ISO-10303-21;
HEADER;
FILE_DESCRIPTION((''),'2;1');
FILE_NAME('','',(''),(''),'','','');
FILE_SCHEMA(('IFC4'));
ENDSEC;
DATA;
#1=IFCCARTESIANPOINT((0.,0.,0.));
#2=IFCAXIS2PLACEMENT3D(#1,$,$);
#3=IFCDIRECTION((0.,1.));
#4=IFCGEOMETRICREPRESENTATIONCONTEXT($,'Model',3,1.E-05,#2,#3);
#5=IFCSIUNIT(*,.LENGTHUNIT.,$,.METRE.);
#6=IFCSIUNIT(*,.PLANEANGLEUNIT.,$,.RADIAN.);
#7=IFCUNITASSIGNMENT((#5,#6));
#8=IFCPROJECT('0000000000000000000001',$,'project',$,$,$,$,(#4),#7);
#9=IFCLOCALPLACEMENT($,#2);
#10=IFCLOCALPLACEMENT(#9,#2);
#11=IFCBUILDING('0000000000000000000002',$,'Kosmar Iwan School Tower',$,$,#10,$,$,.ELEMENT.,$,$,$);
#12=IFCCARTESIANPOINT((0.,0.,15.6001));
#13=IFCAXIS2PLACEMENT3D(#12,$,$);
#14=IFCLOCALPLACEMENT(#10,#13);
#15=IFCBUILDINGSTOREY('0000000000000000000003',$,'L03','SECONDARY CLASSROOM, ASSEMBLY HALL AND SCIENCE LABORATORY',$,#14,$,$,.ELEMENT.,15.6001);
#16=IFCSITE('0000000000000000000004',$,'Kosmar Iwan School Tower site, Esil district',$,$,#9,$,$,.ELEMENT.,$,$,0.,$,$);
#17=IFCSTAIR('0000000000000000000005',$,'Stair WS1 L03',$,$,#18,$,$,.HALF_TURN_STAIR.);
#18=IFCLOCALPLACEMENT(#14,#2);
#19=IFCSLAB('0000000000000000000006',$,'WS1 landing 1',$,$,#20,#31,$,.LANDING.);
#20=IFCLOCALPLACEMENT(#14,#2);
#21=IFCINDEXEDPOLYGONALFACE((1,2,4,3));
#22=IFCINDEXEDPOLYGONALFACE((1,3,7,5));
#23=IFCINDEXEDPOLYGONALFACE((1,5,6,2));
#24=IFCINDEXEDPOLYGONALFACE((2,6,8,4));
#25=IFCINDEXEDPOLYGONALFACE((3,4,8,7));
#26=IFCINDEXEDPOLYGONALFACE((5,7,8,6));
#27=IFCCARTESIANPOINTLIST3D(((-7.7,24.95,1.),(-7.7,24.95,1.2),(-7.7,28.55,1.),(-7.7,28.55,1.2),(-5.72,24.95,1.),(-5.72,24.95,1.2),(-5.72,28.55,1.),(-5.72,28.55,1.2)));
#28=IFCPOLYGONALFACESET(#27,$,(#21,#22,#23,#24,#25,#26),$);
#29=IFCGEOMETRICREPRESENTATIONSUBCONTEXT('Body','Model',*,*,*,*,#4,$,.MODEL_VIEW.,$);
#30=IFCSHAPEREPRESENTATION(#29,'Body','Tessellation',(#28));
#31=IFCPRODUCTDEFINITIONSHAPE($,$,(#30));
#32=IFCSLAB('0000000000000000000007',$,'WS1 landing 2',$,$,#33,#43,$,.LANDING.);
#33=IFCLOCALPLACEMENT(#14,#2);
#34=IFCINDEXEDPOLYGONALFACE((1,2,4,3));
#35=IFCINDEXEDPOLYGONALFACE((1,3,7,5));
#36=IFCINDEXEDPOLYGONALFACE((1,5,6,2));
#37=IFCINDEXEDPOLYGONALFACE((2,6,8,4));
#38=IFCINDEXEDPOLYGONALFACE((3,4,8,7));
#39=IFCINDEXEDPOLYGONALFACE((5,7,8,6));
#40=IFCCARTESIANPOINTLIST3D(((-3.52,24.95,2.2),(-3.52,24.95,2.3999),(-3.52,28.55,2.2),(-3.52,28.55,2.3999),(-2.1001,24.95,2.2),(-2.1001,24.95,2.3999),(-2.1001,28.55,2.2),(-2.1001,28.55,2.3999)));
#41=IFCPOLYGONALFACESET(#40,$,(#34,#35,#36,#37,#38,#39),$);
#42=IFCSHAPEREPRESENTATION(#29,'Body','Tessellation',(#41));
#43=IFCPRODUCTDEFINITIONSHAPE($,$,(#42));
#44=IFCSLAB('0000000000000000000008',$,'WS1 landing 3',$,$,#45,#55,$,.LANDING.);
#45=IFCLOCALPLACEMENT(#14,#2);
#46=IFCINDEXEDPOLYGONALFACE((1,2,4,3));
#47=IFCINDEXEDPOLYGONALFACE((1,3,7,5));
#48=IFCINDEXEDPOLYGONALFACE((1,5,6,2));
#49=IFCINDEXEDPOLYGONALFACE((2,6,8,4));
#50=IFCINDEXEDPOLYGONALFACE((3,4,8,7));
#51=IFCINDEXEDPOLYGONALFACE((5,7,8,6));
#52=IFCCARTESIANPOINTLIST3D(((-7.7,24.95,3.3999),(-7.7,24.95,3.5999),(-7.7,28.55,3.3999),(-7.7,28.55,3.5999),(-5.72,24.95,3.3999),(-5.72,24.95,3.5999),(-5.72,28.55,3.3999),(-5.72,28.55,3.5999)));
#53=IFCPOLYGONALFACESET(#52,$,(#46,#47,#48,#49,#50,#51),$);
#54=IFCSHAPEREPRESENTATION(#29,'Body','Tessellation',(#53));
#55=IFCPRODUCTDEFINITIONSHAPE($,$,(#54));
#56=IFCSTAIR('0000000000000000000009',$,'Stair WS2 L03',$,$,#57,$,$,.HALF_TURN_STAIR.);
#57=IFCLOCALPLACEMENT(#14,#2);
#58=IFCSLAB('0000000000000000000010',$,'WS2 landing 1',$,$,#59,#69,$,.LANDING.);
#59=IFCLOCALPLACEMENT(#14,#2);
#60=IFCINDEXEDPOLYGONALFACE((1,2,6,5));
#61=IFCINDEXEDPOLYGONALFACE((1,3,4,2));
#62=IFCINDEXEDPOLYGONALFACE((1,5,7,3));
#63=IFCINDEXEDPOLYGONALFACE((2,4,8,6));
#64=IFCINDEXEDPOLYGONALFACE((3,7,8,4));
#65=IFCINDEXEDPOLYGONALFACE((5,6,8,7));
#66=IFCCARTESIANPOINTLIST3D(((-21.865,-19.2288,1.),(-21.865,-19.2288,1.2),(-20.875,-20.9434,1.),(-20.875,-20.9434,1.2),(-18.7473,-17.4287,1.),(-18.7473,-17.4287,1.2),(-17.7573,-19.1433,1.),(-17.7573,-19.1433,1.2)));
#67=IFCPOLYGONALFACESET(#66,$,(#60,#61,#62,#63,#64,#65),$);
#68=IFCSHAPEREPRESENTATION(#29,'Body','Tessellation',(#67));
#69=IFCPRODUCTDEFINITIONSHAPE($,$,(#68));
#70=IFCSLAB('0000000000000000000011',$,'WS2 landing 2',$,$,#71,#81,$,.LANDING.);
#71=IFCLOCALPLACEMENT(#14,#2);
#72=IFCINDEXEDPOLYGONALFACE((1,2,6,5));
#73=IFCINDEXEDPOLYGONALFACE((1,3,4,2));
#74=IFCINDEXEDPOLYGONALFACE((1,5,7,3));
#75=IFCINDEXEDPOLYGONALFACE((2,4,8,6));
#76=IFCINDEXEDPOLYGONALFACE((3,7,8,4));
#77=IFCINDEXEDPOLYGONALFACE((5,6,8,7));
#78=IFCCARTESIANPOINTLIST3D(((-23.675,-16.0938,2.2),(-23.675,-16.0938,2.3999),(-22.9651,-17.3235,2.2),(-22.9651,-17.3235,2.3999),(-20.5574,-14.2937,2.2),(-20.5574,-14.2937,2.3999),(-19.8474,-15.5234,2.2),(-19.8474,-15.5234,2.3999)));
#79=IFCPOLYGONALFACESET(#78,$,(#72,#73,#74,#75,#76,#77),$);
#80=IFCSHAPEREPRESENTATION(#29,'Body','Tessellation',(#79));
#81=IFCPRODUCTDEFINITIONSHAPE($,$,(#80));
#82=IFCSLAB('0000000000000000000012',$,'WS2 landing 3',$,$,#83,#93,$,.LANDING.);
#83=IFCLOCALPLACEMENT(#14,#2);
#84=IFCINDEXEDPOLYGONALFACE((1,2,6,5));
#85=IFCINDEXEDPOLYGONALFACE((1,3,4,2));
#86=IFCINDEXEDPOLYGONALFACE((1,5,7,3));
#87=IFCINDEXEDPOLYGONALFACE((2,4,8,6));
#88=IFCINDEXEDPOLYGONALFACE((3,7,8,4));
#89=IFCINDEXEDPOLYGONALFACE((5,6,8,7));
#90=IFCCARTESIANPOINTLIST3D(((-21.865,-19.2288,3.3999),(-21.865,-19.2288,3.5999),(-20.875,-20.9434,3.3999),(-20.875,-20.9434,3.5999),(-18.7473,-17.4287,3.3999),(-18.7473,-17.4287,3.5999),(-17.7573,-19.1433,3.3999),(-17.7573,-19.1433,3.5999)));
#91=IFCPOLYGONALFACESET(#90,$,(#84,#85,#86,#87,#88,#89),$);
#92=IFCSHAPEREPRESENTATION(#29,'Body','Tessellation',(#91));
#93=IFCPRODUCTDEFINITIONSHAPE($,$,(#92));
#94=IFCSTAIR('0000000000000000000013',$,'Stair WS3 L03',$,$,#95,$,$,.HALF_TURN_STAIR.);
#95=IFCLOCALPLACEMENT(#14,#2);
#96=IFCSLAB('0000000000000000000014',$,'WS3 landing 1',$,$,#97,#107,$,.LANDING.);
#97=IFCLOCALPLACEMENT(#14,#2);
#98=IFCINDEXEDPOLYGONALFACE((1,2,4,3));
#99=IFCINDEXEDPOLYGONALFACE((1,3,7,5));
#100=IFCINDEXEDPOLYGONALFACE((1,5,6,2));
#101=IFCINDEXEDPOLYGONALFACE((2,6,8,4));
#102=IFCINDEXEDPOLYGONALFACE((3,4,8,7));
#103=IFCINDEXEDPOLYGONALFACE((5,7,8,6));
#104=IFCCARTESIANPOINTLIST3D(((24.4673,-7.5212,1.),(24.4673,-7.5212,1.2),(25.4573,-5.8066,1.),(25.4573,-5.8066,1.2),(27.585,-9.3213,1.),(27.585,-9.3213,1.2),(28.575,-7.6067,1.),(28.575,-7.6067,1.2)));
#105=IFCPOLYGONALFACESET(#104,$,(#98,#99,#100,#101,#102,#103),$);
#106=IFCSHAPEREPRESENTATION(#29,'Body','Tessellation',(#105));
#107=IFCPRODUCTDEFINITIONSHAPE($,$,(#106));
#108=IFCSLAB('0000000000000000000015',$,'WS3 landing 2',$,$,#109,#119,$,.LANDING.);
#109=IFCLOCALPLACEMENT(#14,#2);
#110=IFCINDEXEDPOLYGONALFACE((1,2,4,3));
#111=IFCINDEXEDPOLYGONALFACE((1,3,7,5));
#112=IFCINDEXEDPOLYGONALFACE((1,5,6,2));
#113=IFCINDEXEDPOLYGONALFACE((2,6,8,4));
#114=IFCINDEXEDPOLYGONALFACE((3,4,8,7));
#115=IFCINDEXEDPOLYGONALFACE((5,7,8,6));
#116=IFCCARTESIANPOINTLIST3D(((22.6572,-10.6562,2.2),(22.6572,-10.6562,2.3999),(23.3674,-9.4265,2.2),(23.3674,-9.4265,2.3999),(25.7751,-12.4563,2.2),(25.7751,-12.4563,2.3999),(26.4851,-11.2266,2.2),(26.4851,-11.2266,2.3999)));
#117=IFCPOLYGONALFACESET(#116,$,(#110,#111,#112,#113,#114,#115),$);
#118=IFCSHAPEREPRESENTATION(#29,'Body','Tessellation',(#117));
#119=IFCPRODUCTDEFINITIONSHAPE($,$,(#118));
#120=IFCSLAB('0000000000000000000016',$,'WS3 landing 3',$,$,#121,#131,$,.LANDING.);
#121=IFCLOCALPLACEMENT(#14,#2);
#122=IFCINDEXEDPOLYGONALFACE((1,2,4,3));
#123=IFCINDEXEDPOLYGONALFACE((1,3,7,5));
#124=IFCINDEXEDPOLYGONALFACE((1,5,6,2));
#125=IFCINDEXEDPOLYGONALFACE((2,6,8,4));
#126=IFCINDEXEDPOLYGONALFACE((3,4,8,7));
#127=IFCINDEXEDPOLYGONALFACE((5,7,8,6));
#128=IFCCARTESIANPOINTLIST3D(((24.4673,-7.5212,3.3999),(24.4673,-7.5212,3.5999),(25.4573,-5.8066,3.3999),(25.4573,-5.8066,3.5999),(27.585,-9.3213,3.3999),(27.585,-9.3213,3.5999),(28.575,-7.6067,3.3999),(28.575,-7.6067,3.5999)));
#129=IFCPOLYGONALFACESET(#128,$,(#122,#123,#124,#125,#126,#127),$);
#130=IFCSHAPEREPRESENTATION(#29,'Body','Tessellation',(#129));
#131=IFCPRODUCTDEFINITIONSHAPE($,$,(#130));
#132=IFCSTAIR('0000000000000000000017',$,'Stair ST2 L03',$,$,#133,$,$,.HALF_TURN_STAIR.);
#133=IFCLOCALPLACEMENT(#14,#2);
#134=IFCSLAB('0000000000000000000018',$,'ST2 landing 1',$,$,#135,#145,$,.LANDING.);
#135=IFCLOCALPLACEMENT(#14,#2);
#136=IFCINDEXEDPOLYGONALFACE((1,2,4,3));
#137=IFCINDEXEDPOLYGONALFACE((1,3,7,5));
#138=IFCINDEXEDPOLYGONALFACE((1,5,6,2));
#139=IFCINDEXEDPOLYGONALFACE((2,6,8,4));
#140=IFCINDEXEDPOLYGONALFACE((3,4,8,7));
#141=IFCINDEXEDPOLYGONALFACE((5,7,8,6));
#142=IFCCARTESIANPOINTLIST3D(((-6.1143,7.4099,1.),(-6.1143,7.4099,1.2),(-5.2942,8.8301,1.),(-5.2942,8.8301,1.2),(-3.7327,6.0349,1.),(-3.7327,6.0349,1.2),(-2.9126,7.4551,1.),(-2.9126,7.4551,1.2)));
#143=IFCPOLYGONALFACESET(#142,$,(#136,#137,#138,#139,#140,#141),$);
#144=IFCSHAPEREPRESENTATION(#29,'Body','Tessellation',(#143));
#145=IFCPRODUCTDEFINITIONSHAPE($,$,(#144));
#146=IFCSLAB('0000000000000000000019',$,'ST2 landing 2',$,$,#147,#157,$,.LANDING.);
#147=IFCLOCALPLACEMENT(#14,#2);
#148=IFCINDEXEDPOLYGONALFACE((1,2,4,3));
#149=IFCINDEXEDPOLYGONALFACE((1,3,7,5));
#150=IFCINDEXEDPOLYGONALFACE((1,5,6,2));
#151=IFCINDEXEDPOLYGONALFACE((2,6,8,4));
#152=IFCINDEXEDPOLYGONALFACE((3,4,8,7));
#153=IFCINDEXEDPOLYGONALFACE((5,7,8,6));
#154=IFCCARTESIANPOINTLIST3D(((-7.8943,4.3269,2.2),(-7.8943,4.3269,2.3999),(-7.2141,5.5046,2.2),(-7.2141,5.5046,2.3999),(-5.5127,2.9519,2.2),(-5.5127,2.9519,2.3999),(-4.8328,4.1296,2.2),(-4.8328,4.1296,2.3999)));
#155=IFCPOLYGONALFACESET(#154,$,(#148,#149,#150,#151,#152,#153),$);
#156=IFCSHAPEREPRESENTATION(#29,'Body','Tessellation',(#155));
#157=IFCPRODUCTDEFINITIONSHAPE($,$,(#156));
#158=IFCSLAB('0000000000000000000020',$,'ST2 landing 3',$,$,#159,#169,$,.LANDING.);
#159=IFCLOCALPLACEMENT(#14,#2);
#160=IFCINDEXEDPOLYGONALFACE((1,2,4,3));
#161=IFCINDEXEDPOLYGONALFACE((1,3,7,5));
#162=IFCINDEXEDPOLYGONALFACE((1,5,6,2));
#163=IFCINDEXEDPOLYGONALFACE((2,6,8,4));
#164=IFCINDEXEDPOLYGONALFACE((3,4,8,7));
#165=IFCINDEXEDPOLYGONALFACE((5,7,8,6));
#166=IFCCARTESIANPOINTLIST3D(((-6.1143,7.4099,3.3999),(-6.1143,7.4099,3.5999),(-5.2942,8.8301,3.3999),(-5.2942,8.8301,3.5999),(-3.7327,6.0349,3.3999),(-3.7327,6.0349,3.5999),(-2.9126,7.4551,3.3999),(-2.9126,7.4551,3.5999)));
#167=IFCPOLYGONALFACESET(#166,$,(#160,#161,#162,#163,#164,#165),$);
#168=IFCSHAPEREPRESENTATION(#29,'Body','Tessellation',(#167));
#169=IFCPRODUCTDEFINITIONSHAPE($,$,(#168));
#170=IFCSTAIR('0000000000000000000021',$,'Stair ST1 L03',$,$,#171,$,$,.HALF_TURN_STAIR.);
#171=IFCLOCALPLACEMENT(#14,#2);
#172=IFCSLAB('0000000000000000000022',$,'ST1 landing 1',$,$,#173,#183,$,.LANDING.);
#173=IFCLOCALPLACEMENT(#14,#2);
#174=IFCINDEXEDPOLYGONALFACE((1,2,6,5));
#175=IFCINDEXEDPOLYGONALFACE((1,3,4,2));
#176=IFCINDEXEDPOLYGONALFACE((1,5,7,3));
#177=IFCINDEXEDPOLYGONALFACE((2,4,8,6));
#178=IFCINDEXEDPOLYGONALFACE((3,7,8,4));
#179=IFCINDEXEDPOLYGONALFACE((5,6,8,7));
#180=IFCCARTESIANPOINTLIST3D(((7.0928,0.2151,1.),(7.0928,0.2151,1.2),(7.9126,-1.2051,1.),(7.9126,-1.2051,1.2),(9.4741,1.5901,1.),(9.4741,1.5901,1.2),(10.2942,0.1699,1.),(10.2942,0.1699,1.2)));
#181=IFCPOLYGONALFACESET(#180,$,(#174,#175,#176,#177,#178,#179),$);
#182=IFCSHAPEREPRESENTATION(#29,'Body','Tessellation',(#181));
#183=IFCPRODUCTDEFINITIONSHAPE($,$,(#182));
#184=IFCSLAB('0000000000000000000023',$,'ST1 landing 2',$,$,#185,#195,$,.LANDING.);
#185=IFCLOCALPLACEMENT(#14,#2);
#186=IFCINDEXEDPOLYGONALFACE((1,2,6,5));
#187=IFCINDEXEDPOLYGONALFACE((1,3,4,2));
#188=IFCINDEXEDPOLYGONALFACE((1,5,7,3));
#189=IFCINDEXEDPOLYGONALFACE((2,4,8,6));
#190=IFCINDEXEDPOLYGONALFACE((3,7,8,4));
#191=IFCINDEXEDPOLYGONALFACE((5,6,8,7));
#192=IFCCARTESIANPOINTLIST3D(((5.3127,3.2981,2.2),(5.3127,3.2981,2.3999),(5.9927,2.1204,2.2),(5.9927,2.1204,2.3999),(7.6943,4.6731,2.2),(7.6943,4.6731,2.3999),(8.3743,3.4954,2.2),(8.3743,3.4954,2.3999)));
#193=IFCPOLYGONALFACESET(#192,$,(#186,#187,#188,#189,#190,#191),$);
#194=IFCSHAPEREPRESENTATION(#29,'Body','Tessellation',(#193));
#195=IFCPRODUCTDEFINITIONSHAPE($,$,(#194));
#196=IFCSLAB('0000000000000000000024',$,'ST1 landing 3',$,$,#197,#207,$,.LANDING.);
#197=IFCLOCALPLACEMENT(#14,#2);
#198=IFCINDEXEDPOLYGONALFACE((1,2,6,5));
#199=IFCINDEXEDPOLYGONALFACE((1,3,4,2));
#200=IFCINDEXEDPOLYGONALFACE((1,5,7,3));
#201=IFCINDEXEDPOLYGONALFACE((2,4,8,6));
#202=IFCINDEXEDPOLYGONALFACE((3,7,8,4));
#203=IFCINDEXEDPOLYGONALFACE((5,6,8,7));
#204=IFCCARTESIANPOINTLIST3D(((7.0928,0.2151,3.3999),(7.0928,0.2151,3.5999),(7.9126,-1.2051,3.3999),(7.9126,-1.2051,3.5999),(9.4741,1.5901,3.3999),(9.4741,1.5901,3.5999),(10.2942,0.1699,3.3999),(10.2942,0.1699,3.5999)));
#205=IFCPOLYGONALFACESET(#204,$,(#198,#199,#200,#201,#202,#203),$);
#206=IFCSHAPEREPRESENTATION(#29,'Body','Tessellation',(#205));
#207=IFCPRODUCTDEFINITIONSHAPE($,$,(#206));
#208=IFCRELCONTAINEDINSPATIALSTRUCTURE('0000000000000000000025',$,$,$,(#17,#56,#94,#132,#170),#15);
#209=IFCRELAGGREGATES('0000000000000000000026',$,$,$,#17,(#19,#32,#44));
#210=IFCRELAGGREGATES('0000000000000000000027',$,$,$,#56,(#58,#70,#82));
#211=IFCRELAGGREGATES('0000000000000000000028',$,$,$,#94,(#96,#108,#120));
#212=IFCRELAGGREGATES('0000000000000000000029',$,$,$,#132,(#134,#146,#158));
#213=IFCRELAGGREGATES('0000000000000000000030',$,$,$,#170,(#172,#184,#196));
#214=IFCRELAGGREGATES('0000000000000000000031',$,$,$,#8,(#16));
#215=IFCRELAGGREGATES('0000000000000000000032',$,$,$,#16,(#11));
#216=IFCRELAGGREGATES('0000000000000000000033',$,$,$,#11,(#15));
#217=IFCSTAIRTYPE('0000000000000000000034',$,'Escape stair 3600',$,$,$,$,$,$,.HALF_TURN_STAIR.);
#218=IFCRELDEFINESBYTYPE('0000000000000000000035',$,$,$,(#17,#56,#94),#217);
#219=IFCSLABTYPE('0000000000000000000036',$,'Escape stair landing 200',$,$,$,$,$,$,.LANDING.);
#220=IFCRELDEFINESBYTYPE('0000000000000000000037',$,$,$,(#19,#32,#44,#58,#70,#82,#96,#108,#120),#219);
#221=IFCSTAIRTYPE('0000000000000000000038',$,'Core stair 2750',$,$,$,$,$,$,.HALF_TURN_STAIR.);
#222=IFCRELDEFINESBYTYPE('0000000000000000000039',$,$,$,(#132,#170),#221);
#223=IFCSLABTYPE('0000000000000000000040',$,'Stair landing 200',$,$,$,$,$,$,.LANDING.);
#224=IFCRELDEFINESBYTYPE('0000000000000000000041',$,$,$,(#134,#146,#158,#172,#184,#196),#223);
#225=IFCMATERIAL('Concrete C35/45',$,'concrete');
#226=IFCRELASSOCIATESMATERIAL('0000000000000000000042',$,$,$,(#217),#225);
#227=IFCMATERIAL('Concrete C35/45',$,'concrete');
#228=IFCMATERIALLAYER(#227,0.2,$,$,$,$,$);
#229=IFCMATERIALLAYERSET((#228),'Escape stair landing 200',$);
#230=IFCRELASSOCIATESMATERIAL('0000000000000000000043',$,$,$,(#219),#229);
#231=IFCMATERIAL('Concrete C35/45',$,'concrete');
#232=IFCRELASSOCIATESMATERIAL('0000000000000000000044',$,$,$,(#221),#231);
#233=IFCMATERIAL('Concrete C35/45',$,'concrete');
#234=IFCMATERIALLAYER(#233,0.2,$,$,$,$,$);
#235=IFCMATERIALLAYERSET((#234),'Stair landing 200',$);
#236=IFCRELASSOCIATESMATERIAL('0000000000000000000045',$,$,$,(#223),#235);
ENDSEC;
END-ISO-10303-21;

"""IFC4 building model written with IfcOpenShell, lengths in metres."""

from ifc_helpers import new_model, si_unit, direction, frame, origin, place, context, subcontext, project, spatial, polyline, outline, extrude, material, layer, layer_set, type_object, element, aggregate, save


model = new_model("IFC4")

# Units and contexts
model_context = context("Model", 3, precision=1e-05, world=origin(), true_north=direction((0.0, 1.0)))
body_context = subcontext(model_context, "Body", "Model", "MODEL_VIEW")
ifc_project = project(units=[si_unit("LENGTHUNIT", "METRE"), si_unit("PLANEANGLEUNIT", "RADIAN")], contexts=[model_context])

# Site, building, storey
site_placement = place(None, origin())
site = spatial("IfcSite", under=ifc_project, at=site_placement, Name="Kosmar Iwan School Tower site, Esil district", CompositionType="ELEMENT", RefElevation=0.0)
building_placement = place(site_placement, origin())
building = spatial("IfcBuilding", under=site, at=building_placement, Name="Kosmar Iwan School Tower", CompositionType="ELEMENT")
storey_placement = place(building_placement, frame((0.0, 0.0, 15.6001)))
storey = spatial("IfcBuildingStorey", under=building, at=storey_placement, Name="L03", Description="SECONDARY CLASSROOM, ASSEMBLY HALL AND SCIENCE LABORATORY", CompositionType="ELEMENT", Elevation=15.6001)

# Stairs, slabs
ifc_material_1 = material(Name="Concrete C35/45", Category="concrete")
stair_type_1 = type_object("IfcStairType", Name="Escape stair 3600", PredefinedType="HALF_TURN_STAIR", material=ifc_material_1)
stair_1_placement = place(storey_placement, origin())
stair_1 = element("IfcStair", 1, at=stair_1_placement, inside=storey, type_object=stair_type_1, Name="Stair WS1 L03", PredefinedType="HALF_TURN_STAIR")
ifc_material_2 = material(Name="Concrete C35/45", Category="concrete")
ifc_layer_1 = layer(ifc_material_2, 0.2)
ifc_layer_set_1 = layer_set([ifc_layer_1], Name="Escape stair landing 200")
slab_type_1 = type_object("IfcSlabType", Name="Escape stair landing 200", PredefinedType="LANDING", material=ifc_layer_set_1)
slab_1_placement = place(storey_placement, frame((0.0, 0.0, 1.0)))
slab_1 = element("IfcSlab", 2, at=slab_1_placement, type_object=slab_type_1, Name="WS1 landing 1", PredefinedType="LANDING", context=body_context, shape_type="SweptSolid", body=[
    extrude(outline(polyline([(-5.72, 24.95), (-5.72, 28.55), (-7.7, 28.55), (-7.7, 24.95), (-5.72, 24.95)])), origin(), (0.0, 0.0, 1.0), 0.2),
])
slab_2_placement = place(storey_placement, frame((0.0, 0.0, 2.2)))
slab_2 = element("IfcSlab", 3, at=slab_2_placement, type_object=slab_type_1, Name="WS1 landing 2", PredefinedType="LANDING", context=body_context, shape_type="SweptSolid", body=[
    extrude(outline(polyline([(-2.1001, 24.95), (-2.1001, 28.55), (-3.52, 28.55), (-3.52, 24.95), (-2.1001, 24.95)])), origin(), (0.0, 0.0, 1.0), 0.2),
])
slab_3_placement = place(storey_placement, frame((0.0, 0.0, 3.3999)))
slab_3 = element("IfcSlab", 4, at=slab_3_placement, type_object=slab_type_1, Name="WS1 landing 3", PredefinedType="LANDING", context=body_context, shape_type="SweptSolid", body=[
    extrude(outline(polyline([(-5.72, 24.95), (-5.72, 28.55), (-7.7, 28.55), (-7.7, 24.95), (-5.72, 24.95)])), origin(), (0.0, 0.0, 1.0), 0.2),
])
aggregate(stair_1, [slab_1, slab_2, slab_3])
stair_2_placement = place(storey_placement, origin())
stair_2 = element("IfcStair", 5, at=stair_2_placement, inside=storey, type_object=stair_type_1, Name="Stair WS2 L03", PredefinedType="HALF_TURN_STAIR")
slab_4_placement = place(storey_placement, frame((0.0, 0.0, 1.0)))
slab_4 = element("IfcSlab", 6, at=slab_4_placement, type_object=slab_type_1, Name="WS2 landing 1", PredefinedType="LANDING", context=body_context, shape_type="SweptSolid", body=[
    extrude(outline(polyline([(-18.7473, -17.4287), (-21.865, -19.2288), (-20.875, -20.9434), (-17.7573, -19.1433), (-18.7473, -17.4287)])), origin(), (0.0, 0.0, 1.0), 0.2),
])
slab_5_placement = place(storey_placement, frame((0.0, 0.0, 2.2)))
slab_5 = element("IfcSlab", 7, at=slab_5_placement, type_object=slab_type_1, Name="WS2 landing 2", PredefinedType="LANDING", context=body_context, shape_type="SweptSolid", body=[
    extrude(outline(polyline([(-20.5574, -14.2937), (-23.675, -16.0938), (-22.9651, -17.3235), (-19.8474, -15.5234), (-20.5574, -14.2937)])), origin(), (0.0, 0.0, 1.0), 0.2),
])
slab_6_placement = place(storey_placement, frame((0.0, 0.0, 3.3999)))
slab_6 = element("IfcSlab", 8, at=slab_6_placement, type_object=slab_type_1, Name="WS2 landing 3", PredefinedType="LANDING", context=body_context, shape_type="SweptSolid", body=[
    extrude(outline(polyline([(-18.7473, -17.4287), (-21.865, -19.2288), (-20.875, -20.9434), (-17.7573, -19.1433), (-18.7473, -17.4287)])), origin(), (0.0, 0.0, 1.0), 0.2),
])
aggregate(stair_2, [slab_4, slab_5, slab_6])
stair_3_placement = place(storey_placement, origin())
stair_3 = element("IfcStair", 9, at=stair_3_placement, inside=storey, type_object=stair_type_1, Name="Stair WS3 L03", PredefinedType="HALF_TURN_STAIR")
slab_7_placement = place(storey_placement, frame((0.0, 0.0, 1.0)))
slab_7 = element("IfcSlab", 10, at=slab_7_placement, type_object=slab_type_1, Name="WS3 landing 1", PredefinedType="LANDING", context=body_context, shape_type="SweptSolid", body=[
    extrude(outline(polyline([(24.4673, -7.5212), (27.585, -9.3213), (28.575, -7.6067), (25.4573, -5.8066), (24.4673, -7.5212)])), origin(), (0.0, 0.0, 1.0), 0.2),
])
slab_8_placement = place(storey_placement, frame((0.0, 0.0, 2.2)))
slab_8 = element("IfcSlab", 11, at=slab_8_placement, type_object=slab_type_1, Name="WS3 landing 2", PredefinedType="LANDING", context=body_context, shape_type="SweptSolid", body=[
    extrude(outline(polyline([(22.6572, -10.6562), (25.7751, -12.4563), (26.4851, -11.2266), (23.3674, -9.4265), (22.6572, -10.6562)])), origin(), (0.0, 0.0, 1.0), 0.2),
])
slab_9_placement = place(storey_placement, frame((0.0, 0.0, 3.3999)))
slab_9 = element("IfcSlab", 12, at=slab_9_placement, type_object=slab_type_1, Name="WS3 landing 3", PredefinedType="LANDING", context=body_context, shape_type="SweptSolid", body=[
    extrude(outline(polyline([(24.4673, -7.5212), (27.585, -9.3213), (28.575, -7.6067), (25.4573, -5.8066), (24.4673, -7.5212)])), origin(), (0.0, 0.0, 1.0), 0.2),
])
aggregate(stair_3, [slab_7, slab_8, slab_9])
ifc_material_3 = material(Name="Concrete C35/45", Category="concrete")
stair_type_2 = type_object("IfcStairType", Name="Core stair 2750", PredefinedType="HALF_TURN_STAIR", material=ifc_material_3)
stair_4_placement = place(storey_placement, origin())
stair_4 = element("IfcStair", 13, at=stair_4_placement, inside=storey, type_object=stair_type_2, Name="Stair ST2 L03", PredefinedType="HALF_TURN_STAIR")
ifc_material_4 = material(Name="Concrete C35/45", Category="concrete")
ifc_layer_2 = layer(ifc_material_4, 0.2)
ifc_layer_set_2 = layer_set([ifc_layer_2], Name="Stair landing 200")
slab_type_2 = type_object("IfcSlabType", Name="Stair landing 200", PredefinedType="LANDING", material=ifc_layer_set_2)
slab_10_placement = place(storey_placement, frame((0.0, 0.0, 1.0)))
slab_10 = element("IfcSlab", 14, at=slab_10_placement, type_object=slab_type_2, Name="ST2 landing 1", PredefinedType="LANDING", context=body_context, shape_type="SweptSolid", body=[
    extrude(outline(polyline([(-2.9126, 7.4551), (-5.2942, 8.8301), (-6.1143, 7.4099), (-3.7327, 6.0349), (-2.9126, 7.4551)])), origin(), (0.0, 0.0, 1.0), 0.2),
])
slab_11_placement = place(storey_placement, frame((0.0, 0.0, 2.2)))
slab_11 = element("IfcSlab", 15, at=slab_11_placement, type_object=slab_type_2, Name="ST2 landing 2", PredefinedType="LANDING", context=body_context, shape_type="SweptSolid", body=[
    extrude(outline(polyline([(-4.8328, 4.1296), (-7.2141, 5.5046), (-7.8943, 4.3269), (-5.5127, 2.9519), (-4.8328, 4.1296)])), origin(), (0.0, 0.0, 1.0), 0.2),
])
slab_12_placement = place(storey_placement, frame((0.0, 0.0, 3.3999)))
slab_12 = element("IfcSlab", 16, at=slab_12_placement, type_object=slab_type_2, Name="ST2 landing 3", PredefinedType="LANDING", context=body_context, shape_type="SweptSolid", body=[
    extrude(outline(polyline([(-2.9126, 7.4551), (-5.2942, 8.8301), (-6.1143, 7.4099), (-3.7327, 6.0349), (-2.9126, 7.4551)])), origin(), (0.0, 0.0, 1.0), 0.2),
])
aggregate(stair_4, [slab_10, slab_11, slab_12])
stair_5_placement = place(storey_placement, origin())
stair_5 = element("IfcStair", 17, at=stair_5_placement, inside=storey, type_object=stair_type_2, Name="Stair ST1 L03", PredefinedType="HALF_TURN_STAIR")
slab_13_placement = place(storey_placement, frame((0.0, 0.0, 1.0)))
slab_13 = element("IfcSlab", 18, at=slab_13_placement, type_object=slab_type_2, Name="ST1 landing 1", PredefinedType="LANDING", context=body_context, shape_type="SweptSolid", body=[
    extrude(outline(polyline([(7.9126, -1.2051), (10.2942, 0.1699), (9.4741, 1.5901), (7.0928, 0.2151), (7.9126, -1.2051)])), origin(), (0.0, 0.0, 1.0), 0.2),
])
slab_14_placement = place(storey_placement, frame((0.0, 0.0, 2.2)))
slab_14 = element("IfcSlab", 19, at=slab_14_placement, type_object=slab_type_2, Name="ST1 landing 2", PredefinedType="LANDING", context=body_context, shape_type="SweptSolid", body=[
    extrude(outline(polyline([(5.9927, 2.1204), (8.3743, 3.4954), (7.6943, 4.6731), (5.3127, 3.2981), (5.9927, 2.1204)])), origin(), (0.0, 0.0, 1.0), 0.2),
])
slab_15_placement = place(storey_placement, frame((0.0, 0.0, 3.3999)))
slab_15 = element("IfcSlab", 20, at=slab_15_placement, type_object=slab_type_2, Name="ST1 landing 3", PredefinedType="LANDING", context=body_context, shape_type="SweptSolid", body=[
    extrude(outline(polyline([(7.9126, -1.2051), (10.2942, 0.1699), (9.4741, 1.5901), (7.0928, 0.2151), (7.9126, -1.2051)])), origin(), (0.0, 0.0, 1.0), 0.2),
])
aggregate(stair_5, [slab_13, slab_14, slab_15])

save(model, "model.ifc")
